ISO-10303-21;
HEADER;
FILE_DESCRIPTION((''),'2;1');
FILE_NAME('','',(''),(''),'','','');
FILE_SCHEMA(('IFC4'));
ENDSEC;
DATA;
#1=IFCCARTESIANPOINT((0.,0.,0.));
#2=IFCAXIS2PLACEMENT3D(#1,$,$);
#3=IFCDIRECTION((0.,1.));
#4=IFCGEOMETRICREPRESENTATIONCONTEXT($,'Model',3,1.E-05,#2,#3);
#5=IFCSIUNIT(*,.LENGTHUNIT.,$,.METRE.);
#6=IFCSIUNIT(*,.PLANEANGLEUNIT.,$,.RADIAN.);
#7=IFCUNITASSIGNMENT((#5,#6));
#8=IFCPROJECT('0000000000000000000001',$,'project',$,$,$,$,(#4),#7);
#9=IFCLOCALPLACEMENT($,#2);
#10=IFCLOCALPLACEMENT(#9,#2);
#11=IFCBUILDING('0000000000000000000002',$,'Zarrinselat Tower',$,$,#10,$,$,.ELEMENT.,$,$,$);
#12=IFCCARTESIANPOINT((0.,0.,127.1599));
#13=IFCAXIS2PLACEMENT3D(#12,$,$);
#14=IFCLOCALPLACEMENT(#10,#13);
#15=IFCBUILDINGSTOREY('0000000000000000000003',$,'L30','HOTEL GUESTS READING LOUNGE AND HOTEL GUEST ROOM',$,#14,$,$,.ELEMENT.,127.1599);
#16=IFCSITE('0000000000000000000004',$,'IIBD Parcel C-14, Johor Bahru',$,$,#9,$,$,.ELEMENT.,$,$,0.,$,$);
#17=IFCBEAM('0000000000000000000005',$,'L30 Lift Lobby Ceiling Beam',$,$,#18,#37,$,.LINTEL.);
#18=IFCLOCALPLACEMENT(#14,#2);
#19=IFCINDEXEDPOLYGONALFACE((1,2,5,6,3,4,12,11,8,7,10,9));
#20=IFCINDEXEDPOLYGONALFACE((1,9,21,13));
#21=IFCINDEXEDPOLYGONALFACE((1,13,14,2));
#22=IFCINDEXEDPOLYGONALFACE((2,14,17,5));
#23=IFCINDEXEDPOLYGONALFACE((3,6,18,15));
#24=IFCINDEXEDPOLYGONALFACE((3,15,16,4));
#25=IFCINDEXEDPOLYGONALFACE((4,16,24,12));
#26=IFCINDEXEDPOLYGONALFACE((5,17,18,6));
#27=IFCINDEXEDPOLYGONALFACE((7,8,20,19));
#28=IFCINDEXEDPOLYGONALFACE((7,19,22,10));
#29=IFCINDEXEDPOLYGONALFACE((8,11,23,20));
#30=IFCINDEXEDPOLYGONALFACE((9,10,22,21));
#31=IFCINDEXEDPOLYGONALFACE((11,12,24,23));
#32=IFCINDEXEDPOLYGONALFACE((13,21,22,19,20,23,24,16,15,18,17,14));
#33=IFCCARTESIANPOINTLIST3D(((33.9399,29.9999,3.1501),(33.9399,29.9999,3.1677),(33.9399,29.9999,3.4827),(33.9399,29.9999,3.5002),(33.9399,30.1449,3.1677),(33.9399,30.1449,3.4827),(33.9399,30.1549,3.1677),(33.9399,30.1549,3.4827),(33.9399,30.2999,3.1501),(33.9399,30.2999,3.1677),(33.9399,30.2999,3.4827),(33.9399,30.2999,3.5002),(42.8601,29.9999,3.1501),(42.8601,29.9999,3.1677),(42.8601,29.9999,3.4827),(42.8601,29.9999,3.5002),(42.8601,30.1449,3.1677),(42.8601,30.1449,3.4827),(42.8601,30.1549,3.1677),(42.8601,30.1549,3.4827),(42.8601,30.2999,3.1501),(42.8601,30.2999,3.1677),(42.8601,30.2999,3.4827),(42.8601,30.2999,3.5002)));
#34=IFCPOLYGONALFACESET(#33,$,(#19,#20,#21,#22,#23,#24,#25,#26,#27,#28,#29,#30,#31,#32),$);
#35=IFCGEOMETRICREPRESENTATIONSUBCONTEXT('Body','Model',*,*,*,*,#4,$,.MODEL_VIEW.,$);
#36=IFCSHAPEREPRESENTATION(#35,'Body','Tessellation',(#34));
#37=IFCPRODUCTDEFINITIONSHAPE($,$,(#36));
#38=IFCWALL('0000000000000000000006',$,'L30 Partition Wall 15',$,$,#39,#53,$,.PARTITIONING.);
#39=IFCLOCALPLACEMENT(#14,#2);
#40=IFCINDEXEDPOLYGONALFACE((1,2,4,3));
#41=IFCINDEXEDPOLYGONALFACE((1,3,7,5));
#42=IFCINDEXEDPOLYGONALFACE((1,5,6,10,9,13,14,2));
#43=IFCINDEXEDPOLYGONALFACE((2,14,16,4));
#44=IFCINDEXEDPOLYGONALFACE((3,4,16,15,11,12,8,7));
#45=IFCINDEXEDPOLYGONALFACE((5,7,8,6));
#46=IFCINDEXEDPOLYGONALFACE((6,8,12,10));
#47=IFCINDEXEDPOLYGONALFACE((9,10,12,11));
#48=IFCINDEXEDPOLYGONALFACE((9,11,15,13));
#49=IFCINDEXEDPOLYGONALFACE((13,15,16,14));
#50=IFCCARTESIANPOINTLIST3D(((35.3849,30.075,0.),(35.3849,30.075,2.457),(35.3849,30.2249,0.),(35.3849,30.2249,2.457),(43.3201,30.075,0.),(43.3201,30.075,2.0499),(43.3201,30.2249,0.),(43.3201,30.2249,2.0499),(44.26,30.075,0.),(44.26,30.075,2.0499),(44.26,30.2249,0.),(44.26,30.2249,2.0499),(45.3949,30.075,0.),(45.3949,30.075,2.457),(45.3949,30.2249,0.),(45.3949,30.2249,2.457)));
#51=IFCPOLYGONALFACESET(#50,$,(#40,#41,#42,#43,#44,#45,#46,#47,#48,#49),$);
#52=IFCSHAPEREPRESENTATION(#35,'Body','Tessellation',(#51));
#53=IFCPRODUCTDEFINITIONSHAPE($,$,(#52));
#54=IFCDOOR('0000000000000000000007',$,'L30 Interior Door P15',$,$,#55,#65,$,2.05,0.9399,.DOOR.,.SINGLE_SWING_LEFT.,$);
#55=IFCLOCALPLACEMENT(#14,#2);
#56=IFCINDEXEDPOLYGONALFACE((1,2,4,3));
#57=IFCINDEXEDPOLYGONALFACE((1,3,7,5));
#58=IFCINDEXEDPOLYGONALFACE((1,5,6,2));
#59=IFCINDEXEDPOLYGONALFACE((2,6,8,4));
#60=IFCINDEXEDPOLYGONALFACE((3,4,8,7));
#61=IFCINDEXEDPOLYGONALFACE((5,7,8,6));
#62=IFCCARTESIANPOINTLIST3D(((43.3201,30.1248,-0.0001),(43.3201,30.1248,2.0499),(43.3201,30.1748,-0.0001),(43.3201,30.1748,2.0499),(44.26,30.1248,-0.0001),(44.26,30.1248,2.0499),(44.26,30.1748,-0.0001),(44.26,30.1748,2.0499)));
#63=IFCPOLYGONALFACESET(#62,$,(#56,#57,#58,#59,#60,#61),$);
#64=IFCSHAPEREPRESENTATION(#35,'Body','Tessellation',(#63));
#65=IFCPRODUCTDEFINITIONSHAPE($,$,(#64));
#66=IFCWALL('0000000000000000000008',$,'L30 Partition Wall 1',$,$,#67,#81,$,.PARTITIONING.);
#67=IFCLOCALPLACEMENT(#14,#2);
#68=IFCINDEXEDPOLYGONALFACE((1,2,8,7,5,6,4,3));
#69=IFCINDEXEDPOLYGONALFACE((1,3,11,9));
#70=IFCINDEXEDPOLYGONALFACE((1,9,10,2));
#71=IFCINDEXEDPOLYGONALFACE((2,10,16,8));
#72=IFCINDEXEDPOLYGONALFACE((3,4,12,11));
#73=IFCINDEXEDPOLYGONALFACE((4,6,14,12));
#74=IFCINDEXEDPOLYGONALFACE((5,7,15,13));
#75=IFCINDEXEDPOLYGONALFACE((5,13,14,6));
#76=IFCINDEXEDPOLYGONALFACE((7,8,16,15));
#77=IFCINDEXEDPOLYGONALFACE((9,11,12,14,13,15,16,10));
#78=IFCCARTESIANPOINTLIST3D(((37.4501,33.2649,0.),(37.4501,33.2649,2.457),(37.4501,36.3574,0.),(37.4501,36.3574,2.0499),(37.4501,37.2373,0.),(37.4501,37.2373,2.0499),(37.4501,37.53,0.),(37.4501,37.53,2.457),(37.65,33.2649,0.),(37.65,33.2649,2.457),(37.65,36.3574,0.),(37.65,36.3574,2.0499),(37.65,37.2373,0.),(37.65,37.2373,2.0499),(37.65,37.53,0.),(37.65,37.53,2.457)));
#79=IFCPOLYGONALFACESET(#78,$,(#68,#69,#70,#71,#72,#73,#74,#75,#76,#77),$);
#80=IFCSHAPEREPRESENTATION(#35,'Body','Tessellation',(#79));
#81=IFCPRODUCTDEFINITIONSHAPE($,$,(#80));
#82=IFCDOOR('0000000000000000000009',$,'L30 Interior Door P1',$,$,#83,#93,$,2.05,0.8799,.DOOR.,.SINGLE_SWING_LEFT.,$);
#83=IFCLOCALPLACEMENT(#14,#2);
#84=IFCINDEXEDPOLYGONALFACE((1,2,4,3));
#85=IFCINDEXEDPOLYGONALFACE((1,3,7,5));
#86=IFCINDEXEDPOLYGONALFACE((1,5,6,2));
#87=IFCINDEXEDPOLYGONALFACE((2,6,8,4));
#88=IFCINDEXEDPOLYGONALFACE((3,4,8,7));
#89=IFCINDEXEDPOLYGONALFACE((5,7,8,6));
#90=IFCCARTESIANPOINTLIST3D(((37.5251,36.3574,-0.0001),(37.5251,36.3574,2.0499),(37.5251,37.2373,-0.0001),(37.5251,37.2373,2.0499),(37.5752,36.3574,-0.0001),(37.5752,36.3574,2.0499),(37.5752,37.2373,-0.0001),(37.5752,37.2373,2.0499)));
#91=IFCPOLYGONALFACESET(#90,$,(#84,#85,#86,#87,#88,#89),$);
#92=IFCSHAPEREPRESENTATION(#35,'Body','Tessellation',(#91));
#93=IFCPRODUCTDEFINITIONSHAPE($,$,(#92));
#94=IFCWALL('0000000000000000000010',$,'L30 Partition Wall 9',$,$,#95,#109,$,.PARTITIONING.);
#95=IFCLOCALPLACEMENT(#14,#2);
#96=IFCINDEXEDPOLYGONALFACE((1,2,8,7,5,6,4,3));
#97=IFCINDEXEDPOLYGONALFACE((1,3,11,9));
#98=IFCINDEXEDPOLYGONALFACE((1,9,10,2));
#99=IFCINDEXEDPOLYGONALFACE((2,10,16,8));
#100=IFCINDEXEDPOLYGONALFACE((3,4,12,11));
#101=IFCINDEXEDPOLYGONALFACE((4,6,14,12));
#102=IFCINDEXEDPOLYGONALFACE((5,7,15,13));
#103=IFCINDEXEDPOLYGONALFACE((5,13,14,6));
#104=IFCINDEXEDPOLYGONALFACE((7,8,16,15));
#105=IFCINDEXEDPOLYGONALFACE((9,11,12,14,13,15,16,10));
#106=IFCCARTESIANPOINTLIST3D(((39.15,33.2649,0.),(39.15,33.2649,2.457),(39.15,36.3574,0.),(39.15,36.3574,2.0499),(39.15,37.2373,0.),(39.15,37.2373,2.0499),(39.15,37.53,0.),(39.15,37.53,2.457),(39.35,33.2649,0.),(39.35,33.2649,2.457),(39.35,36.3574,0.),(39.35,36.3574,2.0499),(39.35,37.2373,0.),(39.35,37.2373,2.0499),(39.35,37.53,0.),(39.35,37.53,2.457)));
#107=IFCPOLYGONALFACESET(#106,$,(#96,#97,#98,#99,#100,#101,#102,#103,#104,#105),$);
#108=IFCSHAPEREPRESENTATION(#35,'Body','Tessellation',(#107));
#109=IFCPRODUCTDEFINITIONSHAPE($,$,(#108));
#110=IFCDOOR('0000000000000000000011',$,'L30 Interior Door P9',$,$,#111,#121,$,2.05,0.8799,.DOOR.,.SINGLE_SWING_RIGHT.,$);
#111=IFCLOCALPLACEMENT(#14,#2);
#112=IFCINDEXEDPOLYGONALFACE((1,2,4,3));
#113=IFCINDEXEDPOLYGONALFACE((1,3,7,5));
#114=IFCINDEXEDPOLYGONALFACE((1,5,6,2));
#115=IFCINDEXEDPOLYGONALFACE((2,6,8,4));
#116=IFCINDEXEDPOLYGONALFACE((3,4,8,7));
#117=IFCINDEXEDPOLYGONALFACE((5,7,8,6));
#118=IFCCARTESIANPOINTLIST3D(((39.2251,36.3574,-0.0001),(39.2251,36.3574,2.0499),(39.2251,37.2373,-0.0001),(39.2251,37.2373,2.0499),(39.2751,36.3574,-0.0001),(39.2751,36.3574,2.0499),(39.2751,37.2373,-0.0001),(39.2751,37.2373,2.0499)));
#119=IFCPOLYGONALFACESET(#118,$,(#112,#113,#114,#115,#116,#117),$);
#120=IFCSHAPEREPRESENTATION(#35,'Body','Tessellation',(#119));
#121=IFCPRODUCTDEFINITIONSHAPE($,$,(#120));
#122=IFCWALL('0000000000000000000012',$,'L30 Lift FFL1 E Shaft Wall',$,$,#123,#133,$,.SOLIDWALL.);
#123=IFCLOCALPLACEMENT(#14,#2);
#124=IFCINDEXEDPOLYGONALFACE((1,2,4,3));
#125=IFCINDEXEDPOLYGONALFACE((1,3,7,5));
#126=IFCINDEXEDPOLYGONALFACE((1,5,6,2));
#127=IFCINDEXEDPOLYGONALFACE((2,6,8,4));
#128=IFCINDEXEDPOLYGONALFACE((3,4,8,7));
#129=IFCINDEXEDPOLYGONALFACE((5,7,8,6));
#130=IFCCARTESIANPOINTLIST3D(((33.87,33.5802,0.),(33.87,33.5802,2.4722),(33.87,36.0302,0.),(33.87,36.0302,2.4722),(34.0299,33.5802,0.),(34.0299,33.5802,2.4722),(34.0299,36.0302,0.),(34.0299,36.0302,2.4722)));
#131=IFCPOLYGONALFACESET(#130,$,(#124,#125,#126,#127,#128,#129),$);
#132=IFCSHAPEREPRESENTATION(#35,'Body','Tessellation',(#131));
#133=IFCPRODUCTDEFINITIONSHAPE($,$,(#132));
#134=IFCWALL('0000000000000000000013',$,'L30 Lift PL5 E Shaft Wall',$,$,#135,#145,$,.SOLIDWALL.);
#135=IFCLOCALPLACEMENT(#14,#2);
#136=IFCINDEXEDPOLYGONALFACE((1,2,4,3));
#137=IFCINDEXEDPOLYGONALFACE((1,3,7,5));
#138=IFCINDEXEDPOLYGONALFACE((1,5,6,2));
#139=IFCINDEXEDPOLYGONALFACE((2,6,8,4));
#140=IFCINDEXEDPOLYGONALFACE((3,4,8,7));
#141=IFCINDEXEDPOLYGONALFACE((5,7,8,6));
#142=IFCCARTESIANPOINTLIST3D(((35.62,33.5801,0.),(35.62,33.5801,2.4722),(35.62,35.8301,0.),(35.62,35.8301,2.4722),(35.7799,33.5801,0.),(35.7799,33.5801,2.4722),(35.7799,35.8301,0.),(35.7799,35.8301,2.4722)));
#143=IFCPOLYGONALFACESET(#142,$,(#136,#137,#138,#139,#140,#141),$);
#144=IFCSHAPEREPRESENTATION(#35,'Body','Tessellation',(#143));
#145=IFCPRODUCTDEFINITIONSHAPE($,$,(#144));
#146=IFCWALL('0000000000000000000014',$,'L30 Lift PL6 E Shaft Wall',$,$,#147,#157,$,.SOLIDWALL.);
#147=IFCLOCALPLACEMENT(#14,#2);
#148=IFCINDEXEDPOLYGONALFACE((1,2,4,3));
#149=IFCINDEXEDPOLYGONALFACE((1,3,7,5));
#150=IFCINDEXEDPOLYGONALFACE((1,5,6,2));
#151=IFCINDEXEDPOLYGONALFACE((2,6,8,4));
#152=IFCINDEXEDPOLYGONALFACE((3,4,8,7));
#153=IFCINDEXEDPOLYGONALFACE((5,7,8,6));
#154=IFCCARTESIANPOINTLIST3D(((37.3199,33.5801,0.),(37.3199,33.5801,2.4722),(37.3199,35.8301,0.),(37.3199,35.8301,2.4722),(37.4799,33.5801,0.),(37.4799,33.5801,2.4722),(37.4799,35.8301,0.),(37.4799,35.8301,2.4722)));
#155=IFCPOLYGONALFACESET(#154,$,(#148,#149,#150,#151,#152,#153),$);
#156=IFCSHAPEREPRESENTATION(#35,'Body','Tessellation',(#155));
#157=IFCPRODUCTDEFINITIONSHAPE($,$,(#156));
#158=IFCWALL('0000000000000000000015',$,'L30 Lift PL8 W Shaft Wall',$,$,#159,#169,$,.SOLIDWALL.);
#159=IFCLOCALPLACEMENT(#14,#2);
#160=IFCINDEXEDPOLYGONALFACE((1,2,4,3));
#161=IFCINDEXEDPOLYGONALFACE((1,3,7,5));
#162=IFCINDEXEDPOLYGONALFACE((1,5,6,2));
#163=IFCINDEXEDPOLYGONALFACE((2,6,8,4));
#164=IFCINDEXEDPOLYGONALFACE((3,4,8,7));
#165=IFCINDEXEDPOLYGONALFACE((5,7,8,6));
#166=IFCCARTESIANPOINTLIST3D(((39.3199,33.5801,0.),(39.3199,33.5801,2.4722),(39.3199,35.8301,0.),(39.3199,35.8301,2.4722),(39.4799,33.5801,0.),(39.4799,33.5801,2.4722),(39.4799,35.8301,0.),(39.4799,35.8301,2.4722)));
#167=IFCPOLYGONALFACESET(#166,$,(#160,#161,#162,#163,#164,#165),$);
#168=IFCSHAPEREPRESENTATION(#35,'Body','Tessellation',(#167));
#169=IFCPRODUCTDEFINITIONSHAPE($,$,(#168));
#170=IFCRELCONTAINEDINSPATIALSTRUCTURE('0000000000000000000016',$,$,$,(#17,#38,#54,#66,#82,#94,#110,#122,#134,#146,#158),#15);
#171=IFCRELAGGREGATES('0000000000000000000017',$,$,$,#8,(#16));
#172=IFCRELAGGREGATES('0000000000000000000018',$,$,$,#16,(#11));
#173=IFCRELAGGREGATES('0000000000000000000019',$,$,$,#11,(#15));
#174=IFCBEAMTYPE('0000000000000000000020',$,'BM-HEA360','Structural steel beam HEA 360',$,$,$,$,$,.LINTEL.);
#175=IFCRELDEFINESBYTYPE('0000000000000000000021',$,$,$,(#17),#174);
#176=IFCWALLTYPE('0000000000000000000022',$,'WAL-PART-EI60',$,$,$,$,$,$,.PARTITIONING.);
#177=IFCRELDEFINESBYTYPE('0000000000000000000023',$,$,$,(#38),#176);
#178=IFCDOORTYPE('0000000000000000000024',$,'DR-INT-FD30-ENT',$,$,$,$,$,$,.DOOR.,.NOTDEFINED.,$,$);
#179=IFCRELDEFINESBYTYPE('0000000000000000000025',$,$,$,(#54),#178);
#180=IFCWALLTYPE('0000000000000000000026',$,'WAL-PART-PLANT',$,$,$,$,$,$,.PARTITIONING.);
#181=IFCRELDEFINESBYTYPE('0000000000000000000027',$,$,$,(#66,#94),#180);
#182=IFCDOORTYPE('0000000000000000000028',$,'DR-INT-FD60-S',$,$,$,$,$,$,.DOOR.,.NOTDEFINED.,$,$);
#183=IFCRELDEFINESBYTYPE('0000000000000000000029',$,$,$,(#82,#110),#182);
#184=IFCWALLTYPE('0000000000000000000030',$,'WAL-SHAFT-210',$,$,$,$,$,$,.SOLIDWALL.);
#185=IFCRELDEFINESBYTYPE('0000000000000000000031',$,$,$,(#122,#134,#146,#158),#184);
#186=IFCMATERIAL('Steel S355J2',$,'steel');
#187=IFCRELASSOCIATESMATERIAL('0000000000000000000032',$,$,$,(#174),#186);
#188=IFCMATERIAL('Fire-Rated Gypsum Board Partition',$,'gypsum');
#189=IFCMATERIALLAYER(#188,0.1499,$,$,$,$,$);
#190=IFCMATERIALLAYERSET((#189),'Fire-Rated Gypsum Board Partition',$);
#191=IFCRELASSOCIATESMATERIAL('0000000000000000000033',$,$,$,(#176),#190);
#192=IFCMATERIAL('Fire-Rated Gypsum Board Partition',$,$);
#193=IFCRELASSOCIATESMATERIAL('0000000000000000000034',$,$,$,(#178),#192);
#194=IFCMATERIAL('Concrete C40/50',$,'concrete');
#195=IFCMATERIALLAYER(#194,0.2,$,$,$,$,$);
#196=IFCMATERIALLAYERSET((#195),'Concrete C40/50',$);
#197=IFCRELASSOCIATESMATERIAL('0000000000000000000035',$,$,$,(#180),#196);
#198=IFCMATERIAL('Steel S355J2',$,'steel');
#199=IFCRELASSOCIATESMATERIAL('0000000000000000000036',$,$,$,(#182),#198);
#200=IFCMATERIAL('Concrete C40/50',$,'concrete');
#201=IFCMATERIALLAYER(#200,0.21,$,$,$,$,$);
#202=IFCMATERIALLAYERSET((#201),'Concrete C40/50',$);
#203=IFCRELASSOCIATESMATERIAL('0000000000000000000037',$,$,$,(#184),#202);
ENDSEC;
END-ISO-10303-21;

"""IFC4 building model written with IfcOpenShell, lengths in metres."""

from ifc_helpers import new_model, si_unit, direction, frame, frame_2d, origin, origin_2d, place, context, subcontext, project, spatial, rectangle, i_section, extrude, material, layer, layer_set, material_profile, profile_set, type_object, element, fill, save


model = new_model("IFC4")

# Units and contexts
model_context = context("Model", 3, precision=1e-05, world=origin(), true_north=direction((0.0, 1.0)))
body_context = subcontext(model_context, "Body", "Model", "MODEL_VIEW")
ifc_project = project(units=[si_unit("LENGTHUNIT", "METRE"), si_unit("PLANEANGLEUNIT", "RADIAN")], contexts=[model_context])

# Site, building, storey
site_placement = place(None, origin())
site = spatial("IfcSite", under=ifc_project, at=site_placement, Name="IIBD Parcel C-14, Johor Bahru", CompositionType="ELEMENT", RefElevation=0.0)
building_placement = place(site_placement, origin())
building = spatial("IfcBuilding", under=site, at=building_placement, Name="Zarrinselat Tower", CompositionType="ELEMENT")
storey_placement = place(building_placement, frame((0.0, 0.0, 127.1599)))
storey = spatial("IfcBuildingStorey", under=building, at=storey_placement, Name="L30", Description="HOTEL GUESTS READING LOUNGE AND HOTEL GUEST ROOM", CompositionType="ELEMENT", Elevation=127.1599)

# Beam
ifc_material_1 = material(Name="Steel S355J2", Category="steel")
ifc_material_profile = material_profile(ifc_material_1, i_section(OverallWidth=0.3, OverallDepth=0.3501, WebThickness=0.01, FlangeThickness=0.0176, at=origin_2d()), Name="HEA 360")
ifc_profile_set = profile_set([ifc_material_profile], Name="Steel S355J2")
beam_type = type_object("IfcBeamType", Name="BM-HEA360", Description="Structural steel beam HEA 360", PredefinedType="LINTEL", material=ifc_profile_set)
beam_placement = place(storey_placement, frame((33.9399, 30.1499, 3.3252), z_axis=(1.0, 0.0, 0.0), x_axis=(0.0, 1.0, 0.0)))
element("IfcBeam", 1, at=beam_placement, inside=storey, type_object=beam_type, Name="L30 Lift Lobby Ceiling Beam", PredefinedType="LINTEL", context=body_context, shape_type="SweptSolid", body=[
    extrude(i_section(OverallWidth=0.3, OverallDepth=0.3501, WebThickness=0.01, FlangeThickness=0.0176, at=origin_2d()), origin(), (0.0, 0.0, 1.0), 8.9202),
])

# Walls, openings, doors
ifc_material_2 = material(Name="Fire-Rated Gypsum Board Partition", Category="gypsum")
ifc_layer_1 = layer(ifc_material_2, 0.1499)
ifc_layer_set_1 = layer_set([ifc_layer_1], Name="Fire-Rated Gypsum Board Partition")
wall_type_1 = type_object("IfcWallType", Name="WAL-PART-EI60", PredefinedType="PARTITIONING", material=ifc_layer_set_1)
wall_1_placement = place(storey_placement, frame((35.385, 30.1499, 0.0), z_axis=(0.0, 0.0, 1.0), x_axis=(1.0, 0.0, 0.0)))
wall_1 = element("IfcWall", 2, at=wall_1_placement, inside=storey, type_object=wall_type_1, Name="L30 Partition Wall 15", PredefinedType="PARTITIONING", context=body_context, shape_type="SweptSolid", body=[
    extrude(rectangle(XDim=10.01, YDim=0.1499, at=frame_2d((5.0049, 0.0))), origin(), (0.0, 0.0, 1.0), 2.457),
])
opening_1_placement = place(wall_1_placement, frame((7.9351, 0.0, 0.0)))
opening_1 = element("IfcOpeningElement", 3, at=opening_1_placement, cuts=wall_1, PredefinedType="OPENING", context=body_context, shape_type="SweptSolid", body=[
    extrude(rectangle(XDim=0.9399, YDim=2.05, at=frame_2d((0.47, 1.0249))), frame((0.0, 0.085, 0.0), z_axis=(0.0, -1.0, 0.0), x_axis=(1.0, 0.0, 0.0)), (0.0, 0.0, 1.0), 0.1699),
])
ifc_material_3 = material(Name="Fire-Rated Gypsum Board Partition")
door_type_1 = type_object("IfcDoorType", Name="DR-INT-FD30-ENT", OperationType="NOTDEFINED", PredefinedType="DOOR", material=ifc_material_3)
door_1_placement = place(opening_1_placement, origin())
door_1 = element("IfcDoor", 4, at=door_1_placement, inside=storey, type_object=door_type_1, Name="L30 Interior Door P15", OperationType="SINGLE_SWING_LEFT", OverallHeight=2.05, OverallWidth=0.9399, PredefinedType="DOOR", context=body_context, shape_type="SweptSolid", body=[
    extrude(rectangle(XDim=0.9399, YDim=2.05, at=frame_2d((0.47, 1.0249))), frame((0.0, 0.0249, 0.0), z_axis=(0.0, -1.0, 0.0), x_axis=(1.0, 0.0, 0.0)), (0.0, 0.0, 1.0), 0.05),
])
fill(opening_1, door_1)
ifc_material_4 = material(Name="Concrete C40/50", Category="concrete")
ifc_layer_2 = layer(ifc_material_4, 0.2)
ifc_layer_set_2 = layer_set([ifc_layer_2], Name="Concrete C40/50")
wall_type_2 = type_object("IfcWallType", Name="WAL-PART-PLANT", PredefinedType="PARTITIONING", material=ifc_layer_set_2)
wall_2_placement = place(storey_placement, frame((37.55, 33.2649, 0.0), z_axis=(0.0, 0.0, 1.0), x_axis=(0.0, 1.0, 0.0)))
wall_2 = element("IfcWall", 5, at=wall_2_placement, inside=storey, type_object=wall_type_2, Name="L30 Partition Wall 1", PredefinedType="PARTITIONING", context=body_context, shape_type="SweptSolid", body=[
    extrude(rectangle(XDim=4.2651, YDim=0.2, at=frame_2d((2.1326, 0.0))), origin(), (0.0, 0.0, 1.0), 2.457),
])
opening_2_placement = place(wall_2_placement, frame((3.0925, 0.0, 0.0)))
opening_2 = element("IfcOpeningElement", 6, at=opening_2_placement, cuts=wall_2, PredefinedType="OPENING", context=body_context, shape_type="SweptSolid", body=[
    extrude(rectangle(XDim=0.8799, YDim=2.05, at=frame_2d((0.4399, 1.0249))), frame((0.0, 0.1099, 0.0), z_axis=(0.0, -1.0, 0.0), x_axis=(1.0, 0.0, 0.0)), (0.0, 0.0, 1.0), 0.22),
])
ifc_material_5 = material(Name="Steel S355J2", Category="steel")
door_type_2 = type_object("IfcDoorType", Name="DR-INT-FD60-S", OperationType="NOTDEFINED", PredefinedType="DOOR", material=ifc_material_5)
door_2_placement = place(opening_2_placement, origin())
door_2 = element("IfcDoor", 7, at=door_2_placement, inside=storey, type_object=door_type_2, Name="L30 Interior Door P1", OperationType="SINGLE_SWING_LEFT", OverallHeight=2.05, OverallWidth=0.8799, PredefinedType="DOOR", context=body_context, shape_type="SweptSolid", body=[
    extrude(rectangle(XDim=0.8799, YDim=2.05, at=frame_2d((0.4399, 1.0249))), frame((0.0, 0.0249, 0.0), z_axis=(0.0, -1.0, 0.0), x_axis=(1.0, 0.0, 0.0)), (0.0, 0.0, 1.0), 0.05),
])
fill(opening_2, door_2)
wall_3_placement = place(storey_placement, frame((39.25, 33.2649, 0.0), z_axis=(0.0, 0.0, 1.0), x_axis=(0.0, 1.0, 0.0)))
wall_3 = element("IfcWall", 8, at=wall_3_placement, inside=storey, type_object=wall_type_2, Name="L30 Partition Wall 9", PredefinedType="PARTITIONING", context=body_context, shape_type="SweptSolid", body=[
    extrude(rectangle(XDim=4.2651, YDim=0.2, at=frame_2d((2.1326, 0.0))), origin(), (0.0, 0.0, 1.0), 2.457),
])
opening_3_placement = place(wall_3_placement, frame((3.0925, 0.0, 0.0)))
opening_3 = element("IfcOpeningElement", 9, at=opening_3_placement, cuts=wall_3, PredefinedType="OPENING", context=body_context, shape_type="SweptSolid", body=[
    extrude(rectangle(XDim=0.8799, YDim=2.05, at=frame_2d((0.4399, 1.0249))), frame((0.0, 0.1099, 0.0), z_axis=(0.0, -1.0, 0.0), x_axis=(1.0, 0.0, 0.0)), (0.0, 0.0, 1.0), 0.22),
])
door_3_placement = place(opening_3_placement, origin())
door_3 = element("IfcDoor", 10, at=door_3_placement, inside=storey, type_object=door_type_2, Name="L30 Interior Door P9", OperationType="SINGLE_SWING_RIGHT", OverallHeight=2.05, OverallWidth=0.8799, PredefinedType="DOOR", context=body_context, shape_type="SweptSolid", body=[
    extrude(rectangle(XDim=0.8799, YDim=2.05, at=frame_2d((0.4399, 1.0249))), frame((0.0, 0.0249, 0.0), z_axis=(0.0, -1.0, 0.0), x_axis=(1.0, 0.0, 0.0)), (0.0, 0.0, 1.0), 0.05),
])
fill(opening_3, door_3)

# Walls
ifc_material_6 = material(Name="Concrete C40/50", Category="concrete")
ifc_layer_3 = layer(ifc_material_6, 0.21)
ifc_layer_set_3 = layer_set([ifc_layer_3], Name="Concrete C40/50")
wall_type_3 = type_object("IfcWallType", Name="WAL-SHAFT-210", PredefinedType="SOLIDWALL", material=ifc_layer_set_3)
wall_4_placement = place(storey_placement, frame((33.95, 33.5801, 0.0), z_axis=(0.0, 0.0, 1.0), x_axis=(0.0, 1.0, 0.0)))
element("IfcWall", 11, at=wall_4_placement, inside=storey, type_object=wall_type_3, Name="L30 Lift FFL1 E Shaft Wall", PredefinedType="SOLIDWALL", context=body_context, shape_type="SweptSolid", body=[
    extrude(rectangle(XDim=2.45, YDim=0.1599, at=frame_2d((1.2251, 0.0))), origin(), (0.0, 0.0, 1.0), 2.4722),
])
for number, where, z_axis, x_axis, name in (
    (12, (35.7, 33.5801, 0.0), (0.0, 0.0, 1.0), (0.0, 1.0, 0.0), "L30 Lift PL5 E Shaft Wall"),
    (13, (37.3999, 33.5801, 0.0), (0.0, 0.0, 1.0), (0.0, 1.0, 0.0), "L30 Lift PL6 E Shaft Wall"),
    (14, (39.3999, 33.5801, 0.0), (0.0, 0.0, 1.0), (0.0, 1.0, 0.0), "L30 Lift PL8 W Shaft Wall"),
):
    element("IfcWall", number, at=place(storey_placement, frame(where, z_axis=z_axis, x_axis=x_axis)), inside=storey, type_object=wall_type_3, Name=name, PredefinedType="SOLIDWALL", context=body_context, shape_type="SweptSolid", body=[
        extrude(rectangle(XDim=2.25, YDim=0.1599, at=frame_2d((1.125, 0.0))), origin(), (0.0, 0.0, 1.0), 2.4722),
    ])

save(model, "model.ifc")
